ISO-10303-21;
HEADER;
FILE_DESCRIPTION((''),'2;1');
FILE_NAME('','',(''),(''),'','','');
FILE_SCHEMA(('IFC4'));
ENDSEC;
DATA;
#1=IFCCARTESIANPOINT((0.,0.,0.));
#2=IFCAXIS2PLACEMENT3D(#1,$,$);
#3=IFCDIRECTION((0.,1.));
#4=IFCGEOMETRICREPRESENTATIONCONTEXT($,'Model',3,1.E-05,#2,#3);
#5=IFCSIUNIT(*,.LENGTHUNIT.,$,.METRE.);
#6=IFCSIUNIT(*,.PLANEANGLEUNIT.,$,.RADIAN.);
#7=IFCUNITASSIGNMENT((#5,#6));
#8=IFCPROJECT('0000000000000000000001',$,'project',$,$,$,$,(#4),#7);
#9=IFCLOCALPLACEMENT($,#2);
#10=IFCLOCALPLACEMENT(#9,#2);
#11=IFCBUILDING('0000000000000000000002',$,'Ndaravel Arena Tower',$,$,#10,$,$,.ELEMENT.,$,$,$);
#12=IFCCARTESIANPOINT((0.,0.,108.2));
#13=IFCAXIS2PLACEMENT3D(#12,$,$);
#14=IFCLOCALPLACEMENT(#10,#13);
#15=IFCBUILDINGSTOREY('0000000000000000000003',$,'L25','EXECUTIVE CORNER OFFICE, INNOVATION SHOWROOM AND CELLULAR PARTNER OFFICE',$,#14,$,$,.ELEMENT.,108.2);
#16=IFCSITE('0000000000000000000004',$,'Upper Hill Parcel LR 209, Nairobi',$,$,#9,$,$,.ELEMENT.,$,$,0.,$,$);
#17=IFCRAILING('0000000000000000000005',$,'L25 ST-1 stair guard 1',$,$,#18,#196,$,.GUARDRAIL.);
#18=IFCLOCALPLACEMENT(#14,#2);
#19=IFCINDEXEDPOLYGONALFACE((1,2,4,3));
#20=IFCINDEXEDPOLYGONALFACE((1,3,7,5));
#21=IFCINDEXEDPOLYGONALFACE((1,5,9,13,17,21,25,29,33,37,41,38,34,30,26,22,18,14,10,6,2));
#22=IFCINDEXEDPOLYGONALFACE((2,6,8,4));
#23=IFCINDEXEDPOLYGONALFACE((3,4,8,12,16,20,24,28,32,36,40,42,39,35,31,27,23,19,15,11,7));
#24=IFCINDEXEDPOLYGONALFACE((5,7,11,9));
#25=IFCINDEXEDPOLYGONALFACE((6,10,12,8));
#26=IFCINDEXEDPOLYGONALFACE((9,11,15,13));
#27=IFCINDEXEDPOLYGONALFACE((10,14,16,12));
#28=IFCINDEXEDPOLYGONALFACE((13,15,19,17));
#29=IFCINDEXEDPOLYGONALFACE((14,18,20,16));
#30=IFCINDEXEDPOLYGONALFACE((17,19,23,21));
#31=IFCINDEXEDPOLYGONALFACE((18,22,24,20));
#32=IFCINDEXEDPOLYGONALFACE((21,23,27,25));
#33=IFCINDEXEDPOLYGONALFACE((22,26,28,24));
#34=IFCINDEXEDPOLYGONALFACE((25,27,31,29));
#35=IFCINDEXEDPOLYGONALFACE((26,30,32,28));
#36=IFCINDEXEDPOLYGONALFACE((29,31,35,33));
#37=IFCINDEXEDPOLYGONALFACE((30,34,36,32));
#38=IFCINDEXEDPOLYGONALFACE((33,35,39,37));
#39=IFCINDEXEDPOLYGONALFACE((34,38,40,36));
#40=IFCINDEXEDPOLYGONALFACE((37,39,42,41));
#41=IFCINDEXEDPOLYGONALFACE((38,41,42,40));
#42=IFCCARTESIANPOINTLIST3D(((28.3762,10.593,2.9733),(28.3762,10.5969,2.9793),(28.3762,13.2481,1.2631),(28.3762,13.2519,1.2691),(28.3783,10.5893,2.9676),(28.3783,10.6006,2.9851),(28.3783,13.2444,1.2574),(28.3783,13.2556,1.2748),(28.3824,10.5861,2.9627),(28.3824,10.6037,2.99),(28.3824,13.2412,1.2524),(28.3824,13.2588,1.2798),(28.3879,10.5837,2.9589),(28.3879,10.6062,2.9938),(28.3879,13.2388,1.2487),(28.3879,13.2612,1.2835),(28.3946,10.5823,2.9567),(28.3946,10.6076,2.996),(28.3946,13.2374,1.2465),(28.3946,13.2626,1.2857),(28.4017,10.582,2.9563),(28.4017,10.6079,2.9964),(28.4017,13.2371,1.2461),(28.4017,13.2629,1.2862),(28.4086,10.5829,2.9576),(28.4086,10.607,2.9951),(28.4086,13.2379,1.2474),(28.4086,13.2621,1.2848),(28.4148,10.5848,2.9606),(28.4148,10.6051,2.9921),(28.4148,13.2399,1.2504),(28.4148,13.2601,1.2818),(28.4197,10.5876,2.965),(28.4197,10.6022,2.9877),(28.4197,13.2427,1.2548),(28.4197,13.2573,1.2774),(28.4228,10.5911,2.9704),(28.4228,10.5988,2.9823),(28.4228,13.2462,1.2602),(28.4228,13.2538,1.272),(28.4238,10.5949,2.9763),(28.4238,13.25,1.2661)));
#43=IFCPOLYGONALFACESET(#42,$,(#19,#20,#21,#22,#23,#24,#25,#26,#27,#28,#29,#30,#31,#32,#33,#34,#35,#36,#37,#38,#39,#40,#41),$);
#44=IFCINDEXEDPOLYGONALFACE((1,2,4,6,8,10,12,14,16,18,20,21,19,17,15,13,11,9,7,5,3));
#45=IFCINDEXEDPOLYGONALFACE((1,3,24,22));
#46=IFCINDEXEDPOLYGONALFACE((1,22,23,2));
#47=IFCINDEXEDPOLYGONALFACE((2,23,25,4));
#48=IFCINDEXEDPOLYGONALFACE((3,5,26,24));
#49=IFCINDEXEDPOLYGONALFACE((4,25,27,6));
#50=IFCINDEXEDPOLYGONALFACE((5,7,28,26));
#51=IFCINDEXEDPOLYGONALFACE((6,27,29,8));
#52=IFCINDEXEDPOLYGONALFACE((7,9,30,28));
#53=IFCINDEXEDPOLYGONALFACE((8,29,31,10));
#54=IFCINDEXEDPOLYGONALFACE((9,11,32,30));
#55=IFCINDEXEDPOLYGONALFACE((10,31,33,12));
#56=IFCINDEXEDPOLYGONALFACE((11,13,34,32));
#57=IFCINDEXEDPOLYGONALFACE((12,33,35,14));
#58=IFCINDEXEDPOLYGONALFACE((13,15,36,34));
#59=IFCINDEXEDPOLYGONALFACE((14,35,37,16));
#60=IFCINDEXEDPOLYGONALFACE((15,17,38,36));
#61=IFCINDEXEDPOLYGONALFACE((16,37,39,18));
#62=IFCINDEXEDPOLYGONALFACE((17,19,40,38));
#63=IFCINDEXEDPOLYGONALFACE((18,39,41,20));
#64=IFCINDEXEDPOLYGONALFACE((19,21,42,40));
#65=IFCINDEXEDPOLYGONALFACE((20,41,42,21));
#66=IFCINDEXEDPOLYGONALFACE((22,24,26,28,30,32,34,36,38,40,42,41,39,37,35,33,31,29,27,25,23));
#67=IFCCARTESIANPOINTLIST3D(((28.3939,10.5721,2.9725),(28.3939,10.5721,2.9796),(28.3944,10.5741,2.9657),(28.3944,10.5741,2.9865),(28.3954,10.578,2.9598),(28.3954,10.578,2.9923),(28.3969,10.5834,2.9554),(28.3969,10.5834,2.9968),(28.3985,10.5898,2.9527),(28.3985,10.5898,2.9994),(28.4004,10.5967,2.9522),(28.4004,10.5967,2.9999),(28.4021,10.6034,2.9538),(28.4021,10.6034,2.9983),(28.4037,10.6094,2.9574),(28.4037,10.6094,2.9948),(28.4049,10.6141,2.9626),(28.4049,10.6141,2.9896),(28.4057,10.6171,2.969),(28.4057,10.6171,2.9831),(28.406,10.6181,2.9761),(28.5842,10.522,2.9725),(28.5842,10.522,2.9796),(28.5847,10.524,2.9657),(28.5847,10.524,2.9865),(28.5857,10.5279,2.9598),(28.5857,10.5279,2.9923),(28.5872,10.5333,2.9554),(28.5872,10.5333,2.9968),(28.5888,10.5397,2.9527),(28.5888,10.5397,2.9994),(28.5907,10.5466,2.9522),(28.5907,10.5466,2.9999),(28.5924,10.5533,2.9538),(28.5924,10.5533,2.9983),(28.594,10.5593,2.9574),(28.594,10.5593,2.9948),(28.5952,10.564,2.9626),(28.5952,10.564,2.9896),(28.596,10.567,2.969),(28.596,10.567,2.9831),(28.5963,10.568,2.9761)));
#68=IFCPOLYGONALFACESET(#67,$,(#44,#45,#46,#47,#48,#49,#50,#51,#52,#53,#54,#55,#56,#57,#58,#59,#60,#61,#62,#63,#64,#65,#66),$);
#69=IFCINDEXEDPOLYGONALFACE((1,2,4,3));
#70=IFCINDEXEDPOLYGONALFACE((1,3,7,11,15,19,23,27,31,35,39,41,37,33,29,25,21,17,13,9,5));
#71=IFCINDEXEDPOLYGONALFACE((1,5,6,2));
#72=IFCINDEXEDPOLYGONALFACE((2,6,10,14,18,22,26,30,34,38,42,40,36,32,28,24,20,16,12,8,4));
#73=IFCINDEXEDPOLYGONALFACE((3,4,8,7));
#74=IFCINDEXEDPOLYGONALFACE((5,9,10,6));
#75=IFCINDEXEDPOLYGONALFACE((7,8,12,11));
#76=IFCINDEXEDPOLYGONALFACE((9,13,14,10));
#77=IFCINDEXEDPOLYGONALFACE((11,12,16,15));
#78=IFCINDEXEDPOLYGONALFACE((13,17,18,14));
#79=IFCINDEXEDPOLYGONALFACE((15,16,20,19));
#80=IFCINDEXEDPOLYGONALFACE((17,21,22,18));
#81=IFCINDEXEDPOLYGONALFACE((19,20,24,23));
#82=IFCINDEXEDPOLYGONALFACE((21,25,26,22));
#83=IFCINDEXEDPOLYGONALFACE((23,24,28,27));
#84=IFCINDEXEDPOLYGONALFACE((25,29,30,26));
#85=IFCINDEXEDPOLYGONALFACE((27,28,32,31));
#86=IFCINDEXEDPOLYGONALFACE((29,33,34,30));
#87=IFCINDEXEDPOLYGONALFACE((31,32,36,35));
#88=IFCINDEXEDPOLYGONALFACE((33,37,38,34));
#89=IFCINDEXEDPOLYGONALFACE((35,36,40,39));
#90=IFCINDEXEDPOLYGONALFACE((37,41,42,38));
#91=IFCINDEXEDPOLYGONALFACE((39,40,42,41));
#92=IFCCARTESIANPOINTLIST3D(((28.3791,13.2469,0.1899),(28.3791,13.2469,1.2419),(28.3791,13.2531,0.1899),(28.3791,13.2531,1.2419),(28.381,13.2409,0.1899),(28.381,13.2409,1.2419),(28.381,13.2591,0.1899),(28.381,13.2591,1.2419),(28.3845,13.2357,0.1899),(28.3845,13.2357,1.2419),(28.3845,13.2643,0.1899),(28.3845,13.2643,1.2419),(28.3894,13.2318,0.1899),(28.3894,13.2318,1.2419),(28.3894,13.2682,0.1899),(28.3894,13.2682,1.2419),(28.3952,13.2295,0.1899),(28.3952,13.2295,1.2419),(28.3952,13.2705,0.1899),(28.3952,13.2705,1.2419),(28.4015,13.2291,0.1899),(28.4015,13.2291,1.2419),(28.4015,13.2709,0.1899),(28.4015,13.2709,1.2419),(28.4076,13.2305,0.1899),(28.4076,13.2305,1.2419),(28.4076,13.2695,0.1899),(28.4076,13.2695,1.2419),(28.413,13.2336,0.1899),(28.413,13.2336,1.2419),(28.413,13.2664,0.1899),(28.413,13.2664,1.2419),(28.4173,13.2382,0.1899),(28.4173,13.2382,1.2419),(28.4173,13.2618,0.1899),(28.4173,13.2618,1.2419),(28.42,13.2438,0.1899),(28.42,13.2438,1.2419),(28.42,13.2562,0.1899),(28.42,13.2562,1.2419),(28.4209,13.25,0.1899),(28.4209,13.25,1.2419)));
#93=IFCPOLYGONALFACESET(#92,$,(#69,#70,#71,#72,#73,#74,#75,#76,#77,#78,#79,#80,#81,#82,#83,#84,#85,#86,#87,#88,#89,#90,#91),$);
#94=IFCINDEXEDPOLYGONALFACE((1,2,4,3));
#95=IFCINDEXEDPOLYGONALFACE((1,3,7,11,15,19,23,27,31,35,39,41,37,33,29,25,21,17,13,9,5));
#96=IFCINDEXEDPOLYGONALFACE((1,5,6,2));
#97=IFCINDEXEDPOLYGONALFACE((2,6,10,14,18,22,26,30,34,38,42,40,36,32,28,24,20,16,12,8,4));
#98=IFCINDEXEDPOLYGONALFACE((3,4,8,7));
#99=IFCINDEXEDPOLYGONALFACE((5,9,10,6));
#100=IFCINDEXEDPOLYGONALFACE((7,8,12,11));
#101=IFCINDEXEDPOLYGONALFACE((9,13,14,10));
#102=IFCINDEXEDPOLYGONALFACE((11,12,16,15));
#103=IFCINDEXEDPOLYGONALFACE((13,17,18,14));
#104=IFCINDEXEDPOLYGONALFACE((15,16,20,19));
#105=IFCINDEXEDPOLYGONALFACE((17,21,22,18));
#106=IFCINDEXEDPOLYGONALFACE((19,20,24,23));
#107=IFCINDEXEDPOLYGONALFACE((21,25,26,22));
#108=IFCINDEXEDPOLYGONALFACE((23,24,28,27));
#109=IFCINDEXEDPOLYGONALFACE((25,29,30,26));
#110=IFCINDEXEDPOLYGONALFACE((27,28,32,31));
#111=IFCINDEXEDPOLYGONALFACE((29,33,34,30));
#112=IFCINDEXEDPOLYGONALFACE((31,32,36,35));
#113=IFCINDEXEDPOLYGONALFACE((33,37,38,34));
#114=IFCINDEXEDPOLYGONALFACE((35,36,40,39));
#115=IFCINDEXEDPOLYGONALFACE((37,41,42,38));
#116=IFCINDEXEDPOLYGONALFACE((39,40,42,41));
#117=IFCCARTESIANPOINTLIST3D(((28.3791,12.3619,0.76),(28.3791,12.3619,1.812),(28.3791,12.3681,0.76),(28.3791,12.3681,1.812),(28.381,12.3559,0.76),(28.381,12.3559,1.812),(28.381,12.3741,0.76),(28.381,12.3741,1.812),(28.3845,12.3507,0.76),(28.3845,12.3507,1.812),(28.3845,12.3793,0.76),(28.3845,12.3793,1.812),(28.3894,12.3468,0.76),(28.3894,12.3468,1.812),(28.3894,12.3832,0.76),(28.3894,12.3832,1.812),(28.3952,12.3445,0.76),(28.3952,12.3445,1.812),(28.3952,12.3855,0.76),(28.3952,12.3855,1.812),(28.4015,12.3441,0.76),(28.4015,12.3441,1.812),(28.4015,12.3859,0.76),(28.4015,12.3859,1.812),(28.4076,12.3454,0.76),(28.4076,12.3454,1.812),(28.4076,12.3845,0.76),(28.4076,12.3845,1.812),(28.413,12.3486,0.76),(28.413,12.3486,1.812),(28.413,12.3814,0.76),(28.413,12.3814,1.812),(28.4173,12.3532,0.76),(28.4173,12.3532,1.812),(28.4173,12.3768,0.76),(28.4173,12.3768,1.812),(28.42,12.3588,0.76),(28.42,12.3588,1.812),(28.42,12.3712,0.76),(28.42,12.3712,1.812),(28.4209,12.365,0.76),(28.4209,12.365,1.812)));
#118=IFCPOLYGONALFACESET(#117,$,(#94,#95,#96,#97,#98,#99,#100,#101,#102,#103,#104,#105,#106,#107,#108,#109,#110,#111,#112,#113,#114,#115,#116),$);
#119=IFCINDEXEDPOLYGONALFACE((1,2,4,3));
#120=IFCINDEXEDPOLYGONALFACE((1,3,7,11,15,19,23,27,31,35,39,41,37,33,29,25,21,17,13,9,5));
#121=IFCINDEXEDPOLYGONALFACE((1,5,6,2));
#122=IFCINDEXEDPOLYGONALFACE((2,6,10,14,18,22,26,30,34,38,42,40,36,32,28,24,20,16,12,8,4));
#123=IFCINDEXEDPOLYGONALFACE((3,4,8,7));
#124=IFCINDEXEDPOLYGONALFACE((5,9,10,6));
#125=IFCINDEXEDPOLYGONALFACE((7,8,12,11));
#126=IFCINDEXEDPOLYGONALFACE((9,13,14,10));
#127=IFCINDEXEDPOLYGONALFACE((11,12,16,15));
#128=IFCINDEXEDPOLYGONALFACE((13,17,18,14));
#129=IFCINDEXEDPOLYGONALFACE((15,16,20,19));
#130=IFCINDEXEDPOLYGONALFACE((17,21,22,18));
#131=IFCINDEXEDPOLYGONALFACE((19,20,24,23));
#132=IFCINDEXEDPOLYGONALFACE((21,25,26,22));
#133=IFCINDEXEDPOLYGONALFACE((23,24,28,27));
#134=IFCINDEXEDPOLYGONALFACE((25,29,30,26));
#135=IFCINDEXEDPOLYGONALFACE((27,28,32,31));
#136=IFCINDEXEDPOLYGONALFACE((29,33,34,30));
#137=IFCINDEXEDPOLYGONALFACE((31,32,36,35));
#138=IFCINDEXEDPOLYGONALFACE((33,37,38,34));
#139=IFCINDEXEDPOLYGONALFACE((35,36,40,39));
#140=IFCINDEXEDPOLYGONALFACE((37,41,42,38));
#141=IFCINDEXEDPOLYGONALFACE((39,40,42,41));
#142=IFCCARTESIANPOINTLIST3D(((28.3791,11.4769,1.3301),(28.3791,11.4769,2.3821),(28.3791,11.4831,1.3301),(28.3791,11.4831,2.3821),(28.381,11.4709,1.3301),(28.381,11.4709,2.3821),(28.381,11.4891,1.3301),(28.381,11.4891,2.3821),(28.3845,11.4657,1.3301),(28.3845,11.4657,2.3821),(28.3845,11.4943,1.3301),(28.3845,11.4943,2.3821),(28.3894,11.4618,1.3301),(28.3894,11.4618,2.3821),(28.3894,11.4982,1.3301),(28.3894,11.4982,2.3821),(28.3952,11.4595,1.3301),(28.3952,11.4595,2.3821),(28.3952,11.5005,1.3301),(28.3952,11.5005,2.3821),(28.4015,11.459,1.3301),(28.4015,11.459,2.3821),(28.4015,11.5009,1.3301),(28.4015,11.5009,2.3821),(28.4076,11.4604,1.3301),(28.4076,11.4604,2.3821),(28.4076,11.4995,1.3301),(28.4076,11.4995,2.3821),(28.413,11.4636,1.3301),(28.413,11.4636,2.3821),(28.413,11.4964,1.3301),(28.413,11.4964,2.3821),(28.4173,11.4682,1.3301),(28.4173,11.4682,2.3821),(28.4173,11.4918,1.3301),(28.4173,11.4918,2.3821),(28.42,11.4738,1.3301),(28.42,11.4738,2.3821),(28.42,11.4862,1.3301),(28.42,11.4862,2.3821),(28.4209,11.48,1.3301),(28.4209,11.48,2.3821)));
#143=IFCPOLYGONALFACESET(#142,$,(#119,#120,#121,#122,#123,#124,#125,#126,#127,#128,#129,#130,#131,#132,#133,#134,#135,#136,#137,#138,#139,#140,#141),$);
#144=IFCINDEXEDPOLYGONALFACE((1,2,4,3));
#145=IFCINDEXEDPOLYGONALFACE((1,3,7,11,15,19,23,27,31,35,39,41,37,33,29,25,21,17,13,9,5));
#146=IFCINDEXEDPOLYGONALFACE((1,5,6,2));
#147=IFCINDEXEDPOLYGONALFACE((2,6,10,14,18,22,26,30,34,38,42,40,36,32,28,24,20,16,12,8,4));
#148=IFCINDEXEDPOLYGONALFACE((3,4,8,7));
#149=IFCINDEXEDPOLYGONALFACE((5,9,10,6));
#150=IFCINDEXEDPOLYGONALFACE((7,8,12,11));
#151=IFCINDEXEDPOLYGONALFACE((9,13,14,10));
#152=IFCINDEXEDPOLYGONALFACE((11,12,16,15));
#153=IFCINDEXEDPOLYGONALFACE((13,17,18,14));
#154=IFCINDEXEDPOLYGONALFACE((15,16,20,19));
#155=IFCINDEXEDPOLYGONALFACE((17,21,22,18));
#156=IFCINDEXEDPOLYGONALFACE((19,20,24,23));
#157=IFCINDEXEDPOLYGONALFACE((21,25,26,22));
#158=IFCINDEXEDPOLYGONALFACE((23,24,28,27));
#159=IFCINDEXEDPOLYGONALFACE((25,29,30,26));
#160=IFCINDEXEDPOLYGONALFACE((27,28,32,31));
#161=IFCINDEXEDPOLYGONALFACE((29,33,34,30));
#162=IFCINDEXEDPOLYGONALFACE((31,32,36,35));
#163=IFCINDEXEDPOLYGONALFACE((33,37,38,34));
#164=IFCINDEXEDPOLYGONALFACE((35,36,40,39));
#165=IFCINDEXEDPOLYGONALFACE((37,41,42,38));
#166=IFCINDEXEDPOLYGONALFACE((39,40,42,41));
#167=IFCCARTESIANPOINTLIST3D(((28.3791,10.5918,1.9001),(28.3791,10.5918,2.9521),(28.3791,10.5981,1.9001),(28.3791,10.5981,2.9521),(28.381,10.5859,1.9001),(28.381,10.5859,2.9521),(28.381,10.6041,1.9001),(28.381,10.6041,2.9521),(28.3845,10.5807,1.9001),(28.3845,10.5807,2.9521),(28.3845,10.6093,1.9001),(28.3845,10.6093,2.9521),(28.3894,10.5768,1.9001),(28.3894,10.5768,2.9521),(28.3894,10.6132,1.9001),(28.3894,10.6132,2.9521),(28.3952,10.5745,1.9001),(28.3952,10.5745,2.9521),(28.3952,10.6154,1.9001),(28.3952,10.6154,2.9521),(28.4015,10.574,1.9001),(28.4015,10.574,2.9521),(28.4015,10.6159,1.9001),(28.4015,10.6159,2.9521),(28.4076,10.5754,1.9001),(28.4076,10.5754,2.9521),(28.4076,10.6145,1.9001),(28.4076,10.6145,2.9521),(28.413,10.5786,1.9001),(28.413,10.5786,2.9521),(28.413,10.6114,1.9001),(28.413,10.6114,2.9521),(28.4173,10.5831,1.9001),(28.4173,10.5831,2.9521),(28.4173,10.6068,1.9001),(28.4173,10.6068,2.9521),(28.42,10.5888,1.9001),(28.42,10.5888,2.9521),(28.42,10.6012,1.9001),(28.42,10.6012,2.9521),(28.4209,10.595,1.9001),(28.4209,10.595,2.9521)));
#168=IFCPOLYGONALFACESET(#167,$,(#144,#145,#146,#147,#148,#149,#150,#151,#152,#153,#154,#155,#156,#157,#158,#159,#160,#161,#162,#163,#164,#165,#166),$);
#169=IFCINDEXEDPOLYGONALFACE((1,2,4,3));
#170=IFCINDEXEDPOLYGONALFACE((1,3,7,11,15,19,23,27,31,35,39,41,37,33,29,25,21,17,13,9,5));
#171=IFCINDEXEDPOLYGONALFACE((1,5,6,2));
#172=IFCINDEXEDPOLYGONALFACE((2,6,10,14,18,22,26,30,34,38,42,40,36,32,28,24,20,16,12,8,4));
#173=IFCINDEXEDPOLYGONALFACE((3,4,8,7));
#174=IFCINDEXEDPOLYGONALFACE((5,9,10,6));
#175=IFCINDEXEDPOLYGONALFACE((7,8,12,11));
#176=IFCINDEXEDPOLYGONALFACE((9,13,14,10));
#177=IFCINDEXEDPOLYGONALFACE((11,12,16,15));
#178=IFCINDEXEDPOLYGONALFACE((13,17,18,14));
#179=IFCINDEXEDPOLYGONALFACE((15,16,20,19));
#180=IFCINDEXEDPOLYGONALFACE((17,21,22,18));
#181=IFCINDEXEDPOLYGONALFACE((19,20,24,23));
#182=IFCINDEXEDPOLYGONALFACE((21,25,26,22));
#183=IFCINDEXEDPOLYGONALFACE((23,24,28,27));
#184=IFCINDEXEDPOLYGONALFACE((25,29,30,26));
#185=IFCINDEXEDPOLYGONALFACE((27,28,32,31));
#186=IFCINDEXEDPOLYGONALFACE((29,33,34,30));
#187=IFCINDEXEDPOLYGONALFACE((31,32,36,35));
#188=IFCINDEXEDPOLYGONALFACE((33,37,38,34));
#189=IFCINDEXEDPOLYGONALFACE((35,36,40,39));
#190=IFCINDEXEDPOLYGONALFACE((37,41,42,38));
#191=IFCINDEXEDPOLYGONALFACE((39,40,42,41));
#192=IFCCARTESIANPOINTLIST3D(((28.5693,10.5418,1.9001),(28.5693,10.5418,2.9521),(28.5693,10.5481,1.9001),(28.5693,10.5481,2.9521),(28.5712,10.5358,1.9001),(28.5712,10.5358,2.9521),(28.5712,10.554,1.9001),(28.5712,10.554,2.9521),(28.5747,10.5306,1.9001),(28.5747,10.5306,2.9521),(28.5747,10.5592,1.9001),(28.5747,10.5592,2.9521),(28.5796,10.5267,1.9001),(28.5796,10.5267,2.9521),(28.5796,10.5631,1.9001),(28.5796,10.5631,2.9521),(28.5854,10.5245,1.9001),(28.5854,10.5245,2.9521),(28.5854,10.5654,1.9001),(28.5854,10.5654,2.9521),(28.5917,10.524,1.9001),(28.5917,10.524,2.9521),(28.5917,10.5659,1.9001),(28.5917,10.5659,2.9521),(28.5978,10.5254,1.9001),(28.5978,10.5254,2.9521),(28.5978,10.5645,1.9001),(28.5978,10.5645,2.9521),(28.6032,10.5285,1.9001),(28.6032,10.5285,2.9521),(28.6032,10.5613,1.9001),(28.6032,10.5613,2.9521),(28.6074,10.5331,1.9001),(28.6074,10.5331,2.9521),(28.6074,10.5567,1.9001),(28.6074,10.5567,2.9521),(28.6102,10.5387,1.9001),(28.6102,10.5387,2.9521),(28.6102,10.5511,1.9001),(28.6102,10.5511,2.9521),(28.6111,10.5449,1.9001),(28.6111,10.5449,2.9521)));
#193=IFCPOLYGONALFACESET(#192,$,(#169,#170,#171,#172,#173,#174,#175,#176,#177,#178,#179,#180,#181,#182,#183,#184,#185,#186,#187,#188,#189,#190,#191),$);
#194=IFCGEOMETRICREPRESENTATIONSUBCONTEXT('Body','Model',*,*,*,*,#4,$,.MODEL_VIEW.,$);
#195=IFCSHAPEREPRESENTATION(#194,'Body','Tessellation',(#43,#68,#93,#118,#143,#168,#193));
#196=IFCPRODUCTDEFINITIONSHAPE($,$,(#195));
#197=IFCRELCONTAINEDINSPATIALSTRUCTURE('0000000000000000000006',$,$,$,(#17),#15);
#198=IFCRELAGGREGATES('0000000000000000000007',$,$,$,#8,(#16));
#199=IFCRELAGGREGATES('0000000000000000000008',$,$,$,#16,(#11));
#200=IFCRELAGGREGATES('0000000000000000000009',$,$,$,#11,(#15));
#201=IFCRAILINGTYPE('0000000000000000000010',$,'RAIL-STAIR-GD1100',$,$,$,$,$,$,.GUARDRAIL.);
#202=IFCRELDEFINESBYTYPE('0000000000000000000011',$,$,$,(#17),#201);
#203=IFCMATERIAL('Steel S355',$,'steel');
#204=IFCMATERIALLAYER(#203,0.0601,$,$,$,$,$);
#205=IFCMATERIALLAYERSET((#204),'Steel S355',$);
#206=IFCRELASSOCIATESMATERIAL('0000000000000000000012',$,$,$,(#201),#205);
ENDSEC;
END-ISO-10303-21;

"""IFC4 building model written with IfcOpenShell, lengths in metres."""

from ifc_helpers import new_model, si_unit, direction, frame, origin, origin_2d, place, context, subcontext, project, spatial, circle, extrude, material, layer, layer_set, type_object, element, save


model = new_model("IFC4")

# Units and contexts
model_context = context("Model", 3, precision=1e-05, world=origin(), true_north=direction((0.0, 1.0)))
body_context = subcontext(model_context, "Body", "Model", "MODEL_VIEW")
ifc_project = project(units=[si_unit("LENGTHUNIT", "METRE"), si_unit("PLANEANGLEUNIT", "RADIAN")], contexts=[model_context])

# Site, building, storey
site_placement = place(None, origin())
site = spatial("IfcSite", under=ifc_project, at=site_placement, Name="Upper Hill Parcel LR 209, Nairobi", CompositionType="ELEMENT", RefElevation=0.0)
building_placement = place(site_placement, origin())
building = spatial("IfcBuilding", under=site, at=building_placement, Name="Ndaravel Arena Tower", CompositionType="ELEMENT")
storey_placement = place(building_placement, frame((0.0, 0.0, 108.2)))
storey = spatial("IfcBuildingStorey", under=building, at=storey_placement, Name="L25", Description="EXECUTIVE CORNER OFFICE, INNOVATION SHOWROOM AND CELLULAR PARTNER OFFICE", CompositionType="ELEMENT", Elevation=108.2)

# Railing
ifc_material_1 = material(Name="Steel S355", Category="steel")
ifc_layer_1 = layer(ifc_material_1, 0.0601)
ifc_layer_set_1 = layer_set([ifc_layer_1], Name="Steel S355")
railing_type_1 = type_object("IfcRailingType", Name="RAIL-STAIR-GD1100", PredefinedType="GUARDRAIL", material=ifc_layer_set_1)
railing_1_placement = place(storey_placement, frame((28.3999, 13.25, 0.1899)))
element("IfcRailing", 1, at=railing_1_placement, inside=storey, type_object=railing_type_1, Name="L25 ST-1 stair guard 1", PredefinedType="GUARDRAIL", context=body_context, shape_type="SweptSolid", body=[
    extrude(circle(Radius=0.0239, at=origin_2d()), frame((0.0, 0.0, 1.0762), z_axis=(0.0, -0.840688, 0.541519), x_axis=(1.0, 0.0, 0.0)), (0.0, 0.0, 1.0), 3.1582),
    extrude(circle(Radius=0.0239, at=origin_2d()), frame((0.0, -2.655, 2.7861), z_axis=(0.967075, -0.254493, 0.0), x_axis=(0.254493, 0.967075, 0.0)), (0.0, 0.0, 1.0), 0.1968),
    extrude(circle(Radius=0.021, at=origin_2d()), origin(), (0.0, 0.0, 1.0), 1.052),
    extrude(circle(Radius=0.021, at=origin_2d()), frame((0.0, -0.885, 0.5701)), (0.0, 0.0, 1.0), 1.052),
    extrude(circle(Radius=0.021, at=origin_2d()), frame((0.0, -1.77, 1.1401)), (0.0, 0.0, 1.0), 1.052),
    extrude(circle(Radius=0.021, at=origin_2d()), frame((0.0, -2.655, 1.7102)), (0.0, 0.0, 1.0), 1.052),
    extrude(circle(Radius=0.021, at=origin_2d()), frame((0.1902, -2.7051, 1.7102)), (0.0, 0.0, 1.0), 1.052),
])

save(model, "model.ifc")
